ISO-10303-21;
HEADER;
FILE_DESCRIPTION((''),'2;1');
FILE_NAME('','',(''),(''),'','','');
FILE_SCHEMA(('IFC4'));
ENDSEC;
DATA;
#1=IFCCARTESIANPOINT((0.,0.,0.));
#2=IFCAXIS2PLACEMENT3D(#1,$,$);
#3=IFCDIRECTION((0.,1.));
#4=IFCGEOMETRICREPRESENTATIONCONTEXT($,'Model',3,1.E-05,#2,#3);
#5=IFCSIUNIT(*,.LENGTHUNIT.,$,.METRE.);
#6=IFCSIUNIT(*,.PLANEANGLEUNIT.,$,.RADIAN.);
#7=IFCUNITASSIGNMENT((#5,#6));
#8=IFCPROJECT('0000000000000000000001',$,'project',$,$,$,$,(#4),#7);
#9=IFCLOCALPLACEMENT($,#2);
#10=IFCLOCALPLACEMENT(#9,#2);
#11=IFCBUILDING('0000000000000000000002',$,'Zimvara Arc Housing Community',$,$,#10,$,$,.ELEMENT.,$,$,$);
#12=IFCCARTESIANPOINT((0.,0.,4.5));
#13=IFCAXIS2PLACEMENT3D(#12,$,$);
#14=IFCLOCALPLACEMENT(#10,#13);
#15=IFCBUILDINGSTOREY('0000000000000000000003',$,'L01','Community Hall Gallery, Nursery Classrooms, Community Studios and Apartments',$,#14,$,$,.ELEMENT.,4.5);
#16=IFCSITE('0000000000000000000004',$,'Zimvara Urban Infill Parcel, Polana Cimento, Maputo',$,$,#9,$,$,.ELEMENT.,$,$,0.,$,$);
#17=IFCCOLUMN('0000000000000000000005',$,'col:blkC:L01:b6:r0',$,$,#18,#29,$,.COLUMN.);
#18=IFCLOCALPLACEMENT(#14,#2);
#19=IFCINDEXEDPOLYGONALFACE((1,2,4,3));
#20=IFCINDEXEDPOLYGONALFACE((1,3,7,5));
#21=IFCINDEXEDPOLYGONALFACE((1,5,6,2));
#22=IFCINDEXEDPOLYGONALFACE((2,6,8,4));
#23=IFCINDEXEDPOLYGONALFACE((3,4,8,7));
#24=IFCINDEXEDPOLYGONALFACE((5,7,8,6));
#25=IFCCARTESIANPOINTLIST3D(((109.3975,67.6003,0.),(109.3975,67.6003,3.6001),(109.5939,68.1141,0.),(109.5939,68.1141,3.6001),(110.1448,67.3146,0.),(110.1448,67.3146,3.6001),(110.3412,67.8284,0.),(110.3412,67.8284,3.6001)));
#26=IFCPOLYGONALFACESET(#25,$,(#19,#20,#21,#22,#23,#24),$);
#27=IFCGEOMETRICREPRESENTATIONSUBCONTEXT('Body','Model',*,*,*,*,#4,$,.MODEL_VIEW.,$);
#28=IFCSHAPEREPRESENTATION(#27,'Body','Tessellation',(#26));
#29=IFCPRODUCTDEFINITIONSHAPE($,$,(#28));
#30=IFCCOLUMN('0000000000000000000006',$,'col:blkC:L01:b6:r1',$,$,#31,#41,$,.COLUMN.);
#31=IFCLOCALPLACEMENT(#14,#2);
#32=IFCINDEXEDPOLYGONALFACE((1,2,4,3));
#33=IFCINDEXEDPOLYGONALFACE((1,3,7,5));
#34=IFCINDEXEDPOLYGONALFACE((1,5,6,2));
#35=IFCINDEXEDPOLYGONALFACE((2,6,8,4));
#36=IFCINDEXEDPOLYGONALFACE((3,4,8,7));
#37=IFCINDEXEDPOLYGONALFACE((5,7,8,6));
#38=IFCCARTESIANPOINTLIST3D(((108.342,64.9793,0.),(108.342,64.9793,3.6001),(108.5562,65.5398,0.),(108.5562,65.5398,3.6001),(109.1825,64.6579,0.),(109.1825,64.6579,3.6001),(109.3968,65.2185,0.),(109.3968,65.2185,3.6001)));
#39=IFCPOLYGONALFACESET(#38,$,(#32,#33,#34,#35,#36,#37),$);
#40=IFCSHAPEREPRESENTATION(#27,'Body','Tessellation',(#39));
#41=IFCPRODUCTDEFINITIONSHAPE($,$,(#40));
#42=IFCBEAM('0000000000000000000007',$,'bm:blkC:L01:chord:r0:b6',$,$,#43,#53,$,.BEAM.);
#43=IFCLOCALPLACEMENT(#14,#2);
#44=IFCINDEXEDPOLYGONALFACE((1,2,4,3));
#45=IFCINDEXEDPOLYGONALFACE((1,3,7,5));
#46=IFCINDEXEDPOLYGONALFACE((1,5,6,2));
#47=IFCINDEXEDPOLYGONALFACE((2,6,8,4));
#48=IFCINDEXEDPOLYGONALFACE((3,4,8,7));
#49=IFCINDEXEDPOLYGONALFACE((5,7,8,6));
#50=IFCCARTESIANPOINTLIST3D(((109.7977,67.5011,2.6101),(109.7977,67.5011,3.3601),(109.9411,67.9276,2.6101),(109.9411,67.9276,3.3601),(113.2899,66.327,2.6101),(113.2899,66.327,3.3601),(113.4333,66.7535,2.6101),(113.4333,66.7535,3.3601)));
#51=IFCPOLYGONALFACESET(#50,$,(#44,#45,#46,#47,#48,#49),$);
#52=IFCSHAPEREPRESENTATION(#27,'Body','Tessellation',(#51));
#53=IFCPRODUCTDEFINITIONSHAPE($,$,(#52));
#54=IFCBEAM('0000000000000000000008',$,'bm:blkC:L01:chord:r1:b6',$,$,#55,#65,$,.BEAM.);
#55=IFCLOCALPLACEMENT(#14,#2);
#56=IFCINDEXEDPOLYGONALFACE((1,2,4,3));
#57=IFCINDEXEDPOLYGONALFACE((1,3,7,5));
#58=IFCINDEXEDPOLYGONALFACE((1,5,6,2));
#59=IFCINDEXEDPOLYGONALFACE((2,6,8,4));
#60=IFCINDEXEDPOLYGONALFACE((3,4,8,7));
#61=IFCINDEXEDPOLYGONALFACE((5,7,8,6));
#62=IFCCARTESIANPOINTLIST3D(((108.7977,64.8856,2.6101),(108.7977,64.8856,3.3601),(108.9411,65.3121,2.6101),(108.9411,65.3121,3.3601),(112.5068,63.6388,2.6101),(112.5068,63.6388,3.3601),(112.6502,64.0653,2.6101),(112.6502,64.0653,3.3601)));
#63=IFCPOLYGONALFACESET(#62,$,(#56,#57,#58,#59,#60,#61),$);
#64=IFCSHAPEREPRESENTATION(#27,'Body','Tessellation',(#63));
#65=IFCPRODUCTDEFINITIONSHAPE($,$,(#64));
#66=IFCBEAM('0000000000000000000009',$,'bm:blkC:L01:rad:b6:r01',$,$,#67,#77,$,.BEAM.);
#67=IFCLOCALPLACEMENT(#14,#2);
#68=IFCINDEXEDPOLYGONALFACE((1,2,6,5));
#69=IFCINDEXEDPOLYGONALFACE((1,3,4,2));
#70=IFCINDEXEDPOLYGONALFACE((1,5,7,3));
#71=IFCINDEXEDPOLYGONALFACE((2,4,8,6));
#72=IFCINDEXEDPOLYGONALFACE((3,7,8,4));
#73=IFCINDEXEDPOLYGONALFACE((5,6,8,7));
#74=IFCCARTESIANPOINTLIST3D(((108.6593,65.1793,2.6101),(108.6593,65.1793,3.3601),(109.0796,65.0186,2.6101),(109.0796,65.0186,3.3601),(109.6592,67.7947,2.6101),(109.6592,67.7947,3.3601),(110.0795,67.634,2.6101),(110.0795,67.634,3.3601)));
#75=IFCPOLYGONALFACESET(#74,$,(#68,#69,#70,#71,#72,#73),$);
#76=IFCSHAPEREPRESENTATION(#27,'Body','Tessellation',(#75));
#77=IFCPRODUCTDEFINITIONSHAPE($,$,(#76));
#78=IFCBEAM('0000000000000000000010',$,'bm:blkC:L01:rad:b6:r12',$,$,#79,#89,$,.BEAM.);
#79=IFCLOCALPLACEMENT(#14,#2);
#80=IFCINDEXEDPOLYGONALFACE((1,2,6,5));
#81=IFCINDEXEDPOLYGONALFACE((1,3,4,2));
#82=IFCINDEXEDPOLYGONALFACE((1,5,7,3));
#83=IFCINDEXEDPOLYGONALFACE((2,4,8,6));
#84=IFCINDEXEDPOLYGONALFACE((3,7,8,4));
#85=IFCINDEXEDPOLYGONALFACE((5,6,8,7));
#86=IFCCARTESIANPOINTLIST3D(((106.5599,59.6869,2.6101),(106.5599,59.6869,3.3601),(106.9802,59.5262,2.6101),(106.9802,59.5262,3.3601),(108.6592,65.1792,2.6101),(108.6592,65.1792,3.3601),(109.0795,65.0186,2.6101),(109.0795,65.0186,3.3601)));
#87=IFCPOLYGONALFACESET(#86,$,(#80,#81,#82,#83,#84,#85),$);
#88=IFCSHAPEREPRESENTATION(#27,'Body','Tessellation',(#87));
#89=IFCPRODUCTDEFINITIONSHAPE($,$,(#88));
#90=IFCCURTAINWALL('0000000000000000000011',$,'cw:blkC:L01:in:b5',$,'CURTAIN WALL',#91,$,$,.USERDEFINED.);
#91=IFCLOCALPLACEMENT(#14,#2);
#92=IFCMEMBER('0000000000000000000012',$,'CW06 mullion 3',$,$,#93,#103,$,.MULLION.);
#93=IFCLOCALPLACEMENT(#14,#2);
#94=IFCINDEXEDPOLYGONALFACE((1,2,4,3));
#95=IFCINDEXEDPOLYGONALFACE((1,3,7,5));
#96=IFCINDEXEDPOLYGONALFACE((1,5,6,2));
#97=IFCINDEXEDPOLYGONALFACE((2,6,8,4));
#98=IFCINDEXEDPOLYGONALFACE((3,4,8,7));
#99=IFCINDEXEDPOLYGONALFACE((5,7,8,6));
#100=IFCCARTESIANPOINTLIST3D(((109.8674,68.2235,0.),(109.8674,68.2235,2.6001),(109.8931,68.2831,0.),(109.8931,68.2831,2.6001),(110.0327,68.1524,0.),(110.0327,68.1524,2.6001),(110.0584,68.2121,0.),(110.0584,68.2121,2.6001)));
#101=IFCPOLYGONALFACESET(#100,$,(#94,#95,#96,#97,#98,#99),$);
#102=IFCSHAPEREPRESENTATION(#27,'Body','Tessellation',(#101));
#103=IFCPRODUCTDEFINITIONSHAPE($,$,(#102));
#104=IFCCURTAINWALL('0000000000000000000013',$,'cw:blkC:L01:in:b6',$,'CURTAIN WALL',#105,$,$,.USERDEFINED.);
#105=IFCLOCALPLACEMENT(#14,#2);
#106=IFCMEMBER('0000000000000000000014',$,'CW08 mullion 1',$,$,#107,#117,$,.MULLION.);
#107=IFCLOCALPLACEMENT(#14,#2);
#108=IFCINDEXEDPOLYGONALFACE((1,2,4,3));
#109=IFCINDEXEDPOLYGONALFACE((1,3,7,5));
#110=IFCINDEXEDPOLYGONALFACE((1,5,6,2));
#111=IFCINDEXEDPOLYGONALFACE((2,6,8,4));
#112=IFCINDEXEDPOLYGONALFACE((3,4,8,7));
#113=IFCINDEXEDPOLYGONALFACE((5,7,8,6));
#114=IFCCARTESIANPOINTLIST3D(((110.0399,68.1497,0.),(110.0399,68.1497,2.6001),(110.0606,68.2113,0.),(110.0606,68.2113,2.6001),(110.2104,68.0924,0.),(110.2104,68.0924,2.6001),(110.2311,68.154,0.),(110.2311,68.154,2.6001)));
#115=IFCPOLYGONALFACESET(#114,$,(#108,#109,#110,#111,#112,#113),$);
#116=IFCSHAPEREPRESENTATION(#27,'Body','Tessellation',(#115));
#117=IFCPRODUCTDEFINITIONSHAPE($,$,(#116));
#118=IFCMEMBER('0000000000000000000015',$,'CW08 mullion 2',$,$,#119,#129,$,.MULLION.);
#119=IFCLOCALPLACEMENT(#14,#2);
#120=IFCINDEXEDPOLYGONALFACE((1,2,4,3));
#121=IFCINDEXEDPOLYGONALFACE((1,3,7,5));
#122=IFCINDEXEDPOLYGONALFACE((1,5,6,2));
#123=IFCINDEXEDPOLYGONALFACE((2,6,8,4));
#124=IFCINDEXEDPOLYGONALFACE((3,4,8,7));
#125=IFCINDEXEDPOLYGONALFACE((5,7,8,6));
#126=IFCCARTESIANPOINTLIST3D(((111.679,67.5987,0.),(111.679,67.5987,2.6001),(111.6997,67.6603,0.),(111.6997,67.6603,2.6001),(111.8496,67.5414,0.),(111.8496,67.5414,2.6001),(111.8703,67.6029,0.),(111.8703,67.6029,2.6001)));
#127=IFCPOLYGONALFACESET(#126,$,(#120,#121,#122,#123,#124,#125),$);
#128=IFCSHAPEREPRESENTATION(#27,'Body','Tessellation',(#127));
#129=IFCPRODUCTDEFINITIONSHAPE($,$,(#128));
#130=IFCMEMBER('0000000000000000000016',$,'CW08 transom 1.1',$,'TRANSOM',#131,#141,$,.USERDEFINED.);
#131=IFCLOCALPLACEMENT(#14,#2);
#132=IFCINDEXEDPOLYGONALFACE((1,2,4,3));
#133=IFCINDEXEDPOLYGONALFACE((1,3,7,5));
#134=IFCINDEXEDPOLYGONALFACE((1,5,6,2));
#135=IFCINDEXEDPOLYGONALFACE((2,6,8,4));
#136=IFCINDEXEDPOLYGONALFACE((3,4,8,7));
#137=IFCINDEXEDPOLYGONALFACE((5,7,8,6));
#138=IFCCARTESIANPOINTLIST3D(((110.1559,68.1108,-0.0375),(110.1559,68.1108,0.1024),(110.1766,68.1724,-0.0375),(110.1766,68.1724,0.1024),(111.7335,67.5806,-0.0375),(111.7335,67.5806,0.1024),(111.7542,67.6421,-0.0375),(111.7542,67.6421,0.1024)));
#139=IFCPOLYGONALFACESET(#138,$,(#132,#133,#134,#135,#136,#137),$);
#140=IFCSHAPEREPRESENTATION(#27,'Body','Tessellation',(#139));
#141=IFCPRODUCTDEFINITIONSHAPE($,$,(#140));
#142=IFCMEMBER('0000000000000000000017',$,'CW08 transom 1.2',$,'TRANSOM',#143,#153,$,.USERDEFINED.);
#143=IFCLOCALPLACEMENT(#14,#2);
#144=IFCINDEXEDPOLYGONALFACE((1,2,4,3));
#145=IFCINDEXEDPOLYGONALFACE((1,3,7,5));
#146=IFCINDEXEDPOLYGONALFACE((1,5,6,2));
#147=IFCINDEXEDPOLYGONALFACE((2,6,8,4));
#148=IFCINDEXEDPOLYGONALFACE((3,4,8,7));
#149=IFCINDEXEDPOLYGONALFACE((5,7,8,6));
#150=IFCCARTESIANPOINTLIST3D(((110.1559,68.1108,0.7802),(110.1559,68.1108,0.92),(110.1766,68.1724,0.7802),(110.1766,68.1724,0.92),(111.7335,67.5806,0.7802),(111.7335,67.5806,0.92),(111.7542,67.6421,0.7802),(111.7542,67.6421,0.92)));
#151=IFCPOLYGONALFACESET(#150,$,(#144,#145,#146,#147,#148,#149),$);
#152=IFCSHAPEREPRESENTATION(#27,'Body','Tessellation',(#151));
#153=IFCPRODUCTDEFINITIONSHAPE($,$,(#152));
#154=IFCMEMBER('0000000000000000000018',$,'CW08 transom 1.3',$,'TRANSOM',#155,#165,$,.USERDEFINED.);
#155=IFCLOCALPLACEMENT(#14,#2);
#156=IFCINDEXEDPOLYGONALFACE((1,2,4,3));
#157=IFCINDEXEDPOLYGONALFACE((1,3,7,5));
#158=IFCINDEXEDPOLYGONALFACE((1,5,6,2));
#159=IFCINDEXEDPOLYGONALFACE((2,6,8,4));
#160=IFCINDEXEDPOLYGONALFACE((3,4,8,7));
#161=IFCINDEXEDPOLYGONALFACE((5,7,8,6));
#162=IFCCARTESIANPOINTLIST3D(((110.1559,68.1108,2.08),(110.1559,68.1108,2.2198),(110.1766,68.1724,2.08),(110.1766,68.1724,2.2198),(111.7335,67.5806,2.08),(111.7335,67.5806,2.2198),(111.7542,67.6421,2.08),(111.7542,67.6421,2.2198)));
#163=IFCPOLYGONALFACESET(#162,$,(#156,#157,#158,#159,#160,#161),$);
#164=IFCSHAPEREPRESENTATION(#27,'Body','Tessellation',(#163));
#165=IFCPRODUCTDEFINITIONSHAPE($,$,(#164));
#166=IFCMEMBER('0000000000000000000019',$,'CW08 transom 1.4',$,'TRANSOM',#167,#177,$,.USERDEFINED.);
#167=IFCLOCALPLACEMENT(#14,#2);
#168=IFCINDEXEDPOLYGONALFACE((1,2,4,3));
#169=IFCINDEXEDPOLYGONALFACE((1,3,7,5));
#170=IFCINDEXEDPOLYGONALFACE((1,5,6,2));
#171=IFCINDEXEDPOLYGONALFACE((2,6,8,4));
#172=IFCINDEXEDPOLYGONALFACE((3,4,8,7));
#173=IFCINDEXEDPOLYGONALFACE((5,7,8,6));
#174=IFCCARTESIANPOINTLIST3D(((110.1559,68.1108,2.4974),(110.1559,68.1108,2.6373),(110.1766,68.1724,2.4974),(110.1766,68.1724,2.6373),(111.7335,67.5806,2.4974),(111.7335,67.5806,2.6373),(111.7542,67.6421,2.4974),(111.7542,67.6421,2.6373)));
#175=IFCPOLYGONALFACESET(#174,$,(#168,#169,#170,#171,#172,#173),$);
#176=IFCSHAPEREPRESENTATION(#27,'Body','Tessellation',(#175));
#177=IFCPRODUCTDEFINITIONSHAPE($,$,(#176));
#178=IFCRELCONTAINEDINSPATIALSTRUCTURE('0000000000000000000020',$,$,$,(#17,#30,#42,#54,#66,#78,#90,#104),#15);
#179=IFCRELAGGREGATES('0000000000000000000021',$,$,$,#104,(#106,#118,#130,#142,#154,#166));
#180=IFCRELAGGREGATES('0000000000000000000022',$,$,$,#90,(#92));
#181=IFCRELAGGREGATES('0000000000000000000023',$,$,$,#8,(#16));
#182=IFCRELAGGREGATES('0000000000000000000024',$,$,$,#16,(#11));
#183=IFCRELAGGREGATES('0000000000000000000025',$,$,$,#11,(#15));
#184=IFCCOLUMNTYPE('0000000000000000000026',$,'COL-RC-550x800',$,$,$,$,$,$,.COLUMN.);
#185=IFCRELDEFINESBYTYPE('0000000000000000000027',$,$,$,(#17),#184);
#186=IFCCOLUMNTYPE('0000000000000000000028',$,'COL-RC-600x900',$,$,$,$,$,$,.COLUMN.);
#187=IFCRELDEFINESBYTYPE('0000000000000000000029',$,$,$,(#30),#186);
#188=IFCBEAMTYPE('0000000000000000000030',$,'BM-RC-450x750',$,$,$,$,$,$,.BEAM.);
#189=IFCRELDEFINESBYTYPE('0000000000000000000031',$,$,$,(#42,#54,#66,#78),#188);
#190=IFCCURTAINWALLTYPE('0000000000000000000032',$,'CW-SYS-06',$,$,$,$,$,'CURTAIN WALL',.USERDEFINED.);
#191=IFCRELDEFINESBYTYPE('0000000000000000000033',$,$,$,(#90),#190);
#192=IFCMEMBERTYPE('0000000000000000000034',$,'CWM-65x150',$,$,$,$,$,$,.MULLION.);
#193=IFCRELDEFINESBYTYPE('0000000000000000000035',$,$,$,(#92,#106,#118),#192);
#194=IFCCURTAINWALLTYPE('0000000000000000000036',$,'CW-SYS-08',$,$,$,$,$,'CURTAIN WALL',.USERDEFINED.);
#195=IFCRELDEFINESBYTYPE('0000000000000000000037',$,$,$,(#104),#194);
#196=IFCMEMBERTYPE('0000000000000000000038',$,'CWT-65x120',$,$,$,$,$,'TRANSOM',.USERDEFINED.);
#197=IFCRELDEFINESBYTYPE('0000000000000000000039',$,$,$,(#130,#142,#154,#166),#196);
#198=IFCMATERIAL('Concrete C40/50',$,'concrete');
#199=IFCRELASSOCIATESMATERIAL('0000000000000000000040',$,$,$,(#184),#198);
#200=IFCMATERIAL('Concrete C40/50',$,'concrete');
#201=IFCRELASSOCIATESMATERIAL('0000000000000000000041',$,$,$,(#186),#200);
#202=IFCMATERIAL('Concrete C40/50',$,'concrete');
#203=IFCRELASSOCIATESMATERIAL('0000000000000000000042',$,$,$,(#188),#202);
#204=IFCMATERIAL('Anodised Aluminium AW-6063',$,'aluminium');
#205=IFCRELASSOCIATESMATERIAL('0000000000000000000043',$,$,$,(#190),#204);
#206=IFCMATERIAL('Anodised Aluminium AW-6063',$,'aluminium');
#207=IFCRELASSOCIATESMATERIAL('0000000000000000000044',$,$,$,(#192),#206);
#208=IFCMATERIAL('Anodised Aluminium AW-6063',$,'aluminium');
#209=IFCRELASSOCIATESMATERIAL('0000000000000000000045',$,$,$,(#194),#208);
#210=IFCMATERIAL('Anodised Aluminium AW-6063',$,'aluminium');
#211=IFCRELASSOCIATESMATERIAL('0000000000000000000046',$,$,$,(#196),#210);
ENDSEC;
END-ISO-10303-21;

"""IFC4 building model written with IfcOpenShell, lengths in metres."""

from ifc_helpers import new_model, si_unit, direction, frame, origin, origin_2d, place, context, subcontext, project, spatial, rectangle, extrude, material, material_profile, profile_set, type_object, element, aggregate, save


model = new_model("IFC4")

# Units and contexts
model_context = context("Model", 3, precision=1e-05, world=origin(), true_north=direction((0.0, 1.0)))
body_context = subcontext(model_context, "Body", "Model", "MODEL_VIEW")
ifc_project = project(units=[si_unit("LENGTHUNIT", "METRE"), si_unit("PLANEANGLEUNIT", "RADIAN")], contexts=[model_context])

# Site, building, storey
site_placement = place(None, origin())
site = spatial("IfcSite", under=ifc_project, at=site_placement, Name="Zimvara Urban Infill Parcel, Polana Cimento, Maputo", CompositionType="ELEMENT", RefElevation=0.0)
building_placement = place(site_placement, origin())
building = spatial("IfcBuilding", under=site, at=building_placement, Name="Zimvara Arc Housing Community", CompositionType="ELEMENT")
storey_placement = place(building_placement, frame((0.0, 0.0, 4.5)))
storey = spatial("IfcBuildingStorey", under=building, at=storey_placement, Name="L01", Description="Community Hall Gallery, Nursery Classrooms, Community Studios and Apartments", CompositionType="ELEMENT", Elevation=4.5)

# Columns
ifc_material_1 = material(Name="Concrete C40/50", Category="concrete")
ifc_material_profile_1 = material_profile(ifc_material_1, rectangle(XDim=0.55, YDim=0.8, at=origin_2d()), Name="RC 550x800")
ifc_profile_set_1 = profile_set([ifc_material_profile_1], Name="Concrete C40/50")
column_type_1 = type_object("IfcColumnType", Name="COL-RC-550x800", PredefinedType="COLUMN", material=ifc_profile_set_1)
column_1_placement = place(storey_placement, frame((109.8694, 67.7144, 0.0), z_axis=(0.0, 0.0, 1.0), x_axis=(-0.357064, -0.93408, 0.0)))
element("IfcColumn", 1, at=column_1_placement, inside=storey, type_object=column_type_1, Name="col:blkC:L01:b6:r0", PredefinedType="COLUMN", context=body_context, shape_type="SweptSolid", body=[
    extrude(rectangle(XDim=0.55, YDim=0.8, at=origin_2d()), origin(), (0.0, 0.0, 1.0), 3.6001),
])
ifc_material_2 = material(Name="Concrete C40/50", Category="concrete")
ifc_material_profile_2 = material_profile(ifc_material_2, rectangle(XDim=0.6001, YDim=0.8999, at=origin_2d()), Name="RC 600x900")
ifc_profile_set_2 = profile_set([ifc_material_profile_2], Name="Concrete C40/50")
column_type_2 = type_object("IfcColumnType", Name="COL-RC-600x900", PredefinedType="COLUMN", material=ifc_profile_set_2)
column_2_placement = place(storey_placement, frame((108.8694, 65.0989, 0.0), z_axis=(0.0, 0.0, 1.0), x_axis=(-0.357064, -0.93408, 0.0)))
element("IfcColumn", 2, at=column_2_placement, inside=storey, type_object=column_type_2, Name="col:blkC:L01:b6:r1", PredefinedType="COLUMN", context=body_context, shape_type="SweptSolid", body=[
    extrude(rectangle(XDim=0.6001, YDim=0.8999, at=origin_2d()), origin(), (0.0, 0.0, 1.0), 3.6001),
])

# Beams
ifc_material_3 = material(Name="Concrete C40/50", Category="concrete")
ifc_material_profile_3 = material_profile(ifc_material_3, rectangle(XDim=0.45, YDim=0.75, at=origin_2d()), Name="RC 450x750")
ifc_profile_set_3 = profile_set([ifc_material_profile_3], Name="Concrete C40/50")
beam_type = type_object("IfcBeamType", Name="BM-RC-450x750", PredefinedType="BEAM", material=ifc_profile_set_3)
beam_1_placement = place(storey_placement, frame((109.8694, 67.7144, 2.9851), z_axis=(0.947865, -0.318672, 0.0), x_axis=(0.318672, 0.947865, 0.0)))
element("IfcBeam", 3, at=beam_1_placement, inside=storey, type_object=beam_type, Name="bm:blkC:L01:chord:r0:b6", PredefinedType="BEAM", context=body_context, shape_type="SweptSolid", body=[
    extrude(rectangle(XDim=0.45, YDim=0.75, at=origin_2d()), origin(), (0.0, 0.0, 1.0), 3.6843),
])
beam_2_placement = place(storey_placement, frame((108.8694, 65.0989, 2.9851), z_axis=(0.947882, -0.318623, 0.0), x_axis=(0.318623, 0.947882, 0.0)))
element("IfcBeam", 4, at=beam_2_placement, inside=storey, type_object=beam_type, Name="bm:blkC:L01:chord:r1:b6", PredefinedType="BEAM", context=body_context, shape_type="SweptSolid", body=[
    extrude(rectangle(XDim=0.45, YDim=0.75, at=origin_2d()), origin(), (0.0, 0.0, 1.0), 3.9131),
])
beam_3_placement = place(storey_placement, frame((109.8694, 67.7144, 2.9851), z_axis=(-0.357126, -0.934056, 0.0), x_axis=(0.934056, -0.357126, 0.0)))
element("IfcBeam", 5, at=beam_3_placement, inside=storey, type_object=beam_type, Name="bm:blkC:L01:rad:b6:r01", PredefinedType="BEAM", context=body_context, shape_type="SweptSolid", body=[
    extrude(rectangle(XDim=0.45, YDim=0.75, at=origin_2d()), origin(), (0.0, 0.0, 1.0), 2.8),
])
beam_4_placement = place(storey_placement, frame((108.8694, 65.0989, 2.9851), z_axis=(-0.357036, -0.934091, 0.0), x_axis=(0.934091, -0.357036, 0.0)))
element("IfcBeam", 6, at=beam_4_placement, inside=storey, type_object=beam_type, Name="bm:blkC:L01:rad:b6:r12", PredefinedType="BEAM", context=body_context, shape_type="SweptSolid", body=[
    extrude(rectangle(XDim=0.45, YDim=0.75, at=origin_2d()), origin(), (0.0, 0.0, 1.0), 5.8799),
])

# Curtain wall, member
ifc_material_4 = material(Name="Anodised Aluminium AW-6063", Category="aluminium")
curtain_wall_type_1 = type_object("IfcCurtainWallType", Name="CW-SYS-06", ElementType="CURTAIN WALL", PredefinedType="USERDEFINED", material=ifc_material_4)
curtain_wall_1_placement = place(storey_placement, origin())
curtain_wall_1 = element("IfcCurtainWall", 7, at=curtain_wall_1_placement, inside=storey, type_object=curtain_wall_type_1, Name="cw:blkC:L01:in:b5", ObjectType="CURTAIN WALL", PredefinedType="USERDEFINED")
ifc_material_5 = material(Name="Anodised Aluminium AW-6063", Category="aluminium")
ifc_material_profile_4 = material_profile(ifc_material_5, rectangle(XDim=0.0649, YDim=0.1799, at=origin_2d()), Name="ALU 65x180")
ifc_profile_set_4 = profile_set([ifc_material_profile_4], Name="Anodised Aluminium AW-6063")
member_type_1 = type_object("IfcMemberType", Name="CWM-65x150", PredefinedType="MULLION", material=ifc_profile_set_4)
member_1_placement = place(storey_placement, frame((109.9629, 68.2178, 0.0), z_axis=(0.0, 0.0, 1.0), x_axis=(0.394904, 0.918722, 0.0)))
member_1 = element("IfcMember", 8, at=member_1_placement, type_object=member_type_1, Name="CW06 mullion 3", PredefinedType="MULLION", context=body_context, shape_type="SweptSolid", body=[
    extrude(rectangle(XDim=0.0649, YDim=0.1799, at=origin_2d()), origin(), (0.0, 0.0, 1.0), 2.6001),
])

# Curtain wall, members
ifc_material_6 = material(Name="Anodised Aluminium AW-6063", Category="aluminium")
curtain_wall_type_2 = type_object("IfcCurtainWallType", Name="CW-SYS-08", ElementType="CURTAIN WALL", PredefinedType="USERDEFINED", material=ifc_material_6)
curtain_wall_2_placement = place(storey_placement, origin())
curtain_wall_2 = element("IfcCurtainWall", 9, at=curtain_wall_2_placement, inside=storey, type_object=curtain_wall_type_2, Name="cw:blkC:L01:in:b6", ObjectType="CURTAIN WALL", PredefinedType="USERDEFINED")
member_2_placement = place(storey_placement, frame((110.1355, 68.1519, 0.0), z_axis=(0.0, 0.0, 1.0), x_axis=(0.31863, 0.947879, 0.0)))
member_2 = element("IfcMember", 10, at=member_2_placement, type_object=member_type_1, Name="CW08 mullion 1", PredefinedType="MULLION", context=body_context, shape_type="SweptSolid", body=[
    extrude(rectangle(XDim=0.0649, YDim=0.1799, at=origin_2d()), origin(), (0.0, 0.0, 1.0), 2.6001),
])
member_3_placement = place(storey_placement, frame((111.7747, 67.6008, 0.0), z_axis=(0.0, 0.0, 1.0), x_axis=(0.31863, 0.947879, 0.0)))
member_3 = element("IfcMember", 11, at=member_3_placement, type_object=member_type_1, Name="CW08 mullion 2", PredefinedType="MULLION", context=body_context, shape_type="SweptSolid", body=[
    extrude(rectangle(XDim=0.0649, YDim=0.1799, at=origin_2d()), origin(), (0.0, 0.0, 1.0), 2.6001),
])
ifc_material_7 = material(Name="Anodised Aluminium AW-6063", Category="aluminium")
ifc_material_profile_5 = material_profile(ifc_material_7, rectangle(XDim=0.0649, YDim=0.1399, at=origin_2d()), Name="ALU 65x140")
ifc_profile_set_5 = profile_set([ifc_material_profile_5], Name="Anodised Aluminium AW-6063")
member_type_2 = type_object("IfcMemberType", Name="CWT-65x120", ElementType="TRANSOM", PredefinedType="USERDEFINED", material=ifc_profile_set_5)
member_4_placement = place(storey_placement, frame((110.1663, 68.1416, 0.0325), z_axis=(0.947888, -0.318603, 0.0), x_axis=(0.318603, 0.947888, 0.0)))
member_4 = element("IfcMember", 12, at=member_4_placement, type_object=member_type_2, Name="CW08 transom 1.1", ObjectType="TRANSOM", PredefinedType="USERDEFINED", context=body_context, shape_type="SweptSolid", body=[
    extrude(rectangle(XDim=0.0649, YDim=0.1399, at=origin_2d()), origin(), (0.0, 0.0, 1.0), 1.6643),
])
member_5_placement = place(storey_placement, frame((110.1663, 68.1416, 0.8501), z_axis=(0.947888, -0.318603, 0.0), x_axis=(0.318603, 0.947888, 0.0)))
member_5 = element("IfcMember", 13, at=member_5_placement, type_object=member_type_2, Name="CW08 transom 1.2", ObjectType="TRANSOM", PredefinedType="USERDEFINED", context=body_context, shape_type="SweptSolid", body=[
    extrude(rectangle(XDim=0.0649, YDim=0.1399, at=origin_2d()), origin(), (0.0, 0.0, 1.0), 1.6643),
])
member_6_placement = place(storey_placement, frame((110.1663, 68.1416, 2.1499), z_axis=(0.947888, -0.318603, 0.0), x_axis=(0.318603, 0.947888, 0.0)))
member_6 = element("IfcMember", 14, at=member_6_placement, type_object=member_type_2, Name="CW08 transom 1.3", ObjectType="TRANSOM", PredefinedType="USERDEFINED", context=body_context, shape_type="SweptSolid", body=[
    extrude(rectangle(XDim=0.0649, YDim=0.1399, at=origin_2d()), origin(), (0.0, 0.0, 1.0), 1.6643),
])
member_7_placement = place(storey_placement, frame((110.1663, 68.1416, 2.5674), z_axis=(0.947888, -0.318603, 0.0), x_axis=(0.318603, 0.947888, 0.0)))
member_7 = element("IfcMember", 15, at=member_7_placement, type_object=member_type_2, Name="CW08 transom 1.4", ObjectType="TRANSOM", PredefinedType="USERDEFINED", context=body_context, shape_type="SweptSolid", body=[
    extrude(rectangle(XDim=0.0649, YDim=0.1399, at=origin_2d()), origin(), (0.0, 0.0, 1.0), 1.6643),
])
aggregate(curtain_wall_2, [member_2, member_3, member_4, member_5, member_6, member_7])

aggregate(curtain_wall_1, [member_1])

save(model, "model.ifc")
